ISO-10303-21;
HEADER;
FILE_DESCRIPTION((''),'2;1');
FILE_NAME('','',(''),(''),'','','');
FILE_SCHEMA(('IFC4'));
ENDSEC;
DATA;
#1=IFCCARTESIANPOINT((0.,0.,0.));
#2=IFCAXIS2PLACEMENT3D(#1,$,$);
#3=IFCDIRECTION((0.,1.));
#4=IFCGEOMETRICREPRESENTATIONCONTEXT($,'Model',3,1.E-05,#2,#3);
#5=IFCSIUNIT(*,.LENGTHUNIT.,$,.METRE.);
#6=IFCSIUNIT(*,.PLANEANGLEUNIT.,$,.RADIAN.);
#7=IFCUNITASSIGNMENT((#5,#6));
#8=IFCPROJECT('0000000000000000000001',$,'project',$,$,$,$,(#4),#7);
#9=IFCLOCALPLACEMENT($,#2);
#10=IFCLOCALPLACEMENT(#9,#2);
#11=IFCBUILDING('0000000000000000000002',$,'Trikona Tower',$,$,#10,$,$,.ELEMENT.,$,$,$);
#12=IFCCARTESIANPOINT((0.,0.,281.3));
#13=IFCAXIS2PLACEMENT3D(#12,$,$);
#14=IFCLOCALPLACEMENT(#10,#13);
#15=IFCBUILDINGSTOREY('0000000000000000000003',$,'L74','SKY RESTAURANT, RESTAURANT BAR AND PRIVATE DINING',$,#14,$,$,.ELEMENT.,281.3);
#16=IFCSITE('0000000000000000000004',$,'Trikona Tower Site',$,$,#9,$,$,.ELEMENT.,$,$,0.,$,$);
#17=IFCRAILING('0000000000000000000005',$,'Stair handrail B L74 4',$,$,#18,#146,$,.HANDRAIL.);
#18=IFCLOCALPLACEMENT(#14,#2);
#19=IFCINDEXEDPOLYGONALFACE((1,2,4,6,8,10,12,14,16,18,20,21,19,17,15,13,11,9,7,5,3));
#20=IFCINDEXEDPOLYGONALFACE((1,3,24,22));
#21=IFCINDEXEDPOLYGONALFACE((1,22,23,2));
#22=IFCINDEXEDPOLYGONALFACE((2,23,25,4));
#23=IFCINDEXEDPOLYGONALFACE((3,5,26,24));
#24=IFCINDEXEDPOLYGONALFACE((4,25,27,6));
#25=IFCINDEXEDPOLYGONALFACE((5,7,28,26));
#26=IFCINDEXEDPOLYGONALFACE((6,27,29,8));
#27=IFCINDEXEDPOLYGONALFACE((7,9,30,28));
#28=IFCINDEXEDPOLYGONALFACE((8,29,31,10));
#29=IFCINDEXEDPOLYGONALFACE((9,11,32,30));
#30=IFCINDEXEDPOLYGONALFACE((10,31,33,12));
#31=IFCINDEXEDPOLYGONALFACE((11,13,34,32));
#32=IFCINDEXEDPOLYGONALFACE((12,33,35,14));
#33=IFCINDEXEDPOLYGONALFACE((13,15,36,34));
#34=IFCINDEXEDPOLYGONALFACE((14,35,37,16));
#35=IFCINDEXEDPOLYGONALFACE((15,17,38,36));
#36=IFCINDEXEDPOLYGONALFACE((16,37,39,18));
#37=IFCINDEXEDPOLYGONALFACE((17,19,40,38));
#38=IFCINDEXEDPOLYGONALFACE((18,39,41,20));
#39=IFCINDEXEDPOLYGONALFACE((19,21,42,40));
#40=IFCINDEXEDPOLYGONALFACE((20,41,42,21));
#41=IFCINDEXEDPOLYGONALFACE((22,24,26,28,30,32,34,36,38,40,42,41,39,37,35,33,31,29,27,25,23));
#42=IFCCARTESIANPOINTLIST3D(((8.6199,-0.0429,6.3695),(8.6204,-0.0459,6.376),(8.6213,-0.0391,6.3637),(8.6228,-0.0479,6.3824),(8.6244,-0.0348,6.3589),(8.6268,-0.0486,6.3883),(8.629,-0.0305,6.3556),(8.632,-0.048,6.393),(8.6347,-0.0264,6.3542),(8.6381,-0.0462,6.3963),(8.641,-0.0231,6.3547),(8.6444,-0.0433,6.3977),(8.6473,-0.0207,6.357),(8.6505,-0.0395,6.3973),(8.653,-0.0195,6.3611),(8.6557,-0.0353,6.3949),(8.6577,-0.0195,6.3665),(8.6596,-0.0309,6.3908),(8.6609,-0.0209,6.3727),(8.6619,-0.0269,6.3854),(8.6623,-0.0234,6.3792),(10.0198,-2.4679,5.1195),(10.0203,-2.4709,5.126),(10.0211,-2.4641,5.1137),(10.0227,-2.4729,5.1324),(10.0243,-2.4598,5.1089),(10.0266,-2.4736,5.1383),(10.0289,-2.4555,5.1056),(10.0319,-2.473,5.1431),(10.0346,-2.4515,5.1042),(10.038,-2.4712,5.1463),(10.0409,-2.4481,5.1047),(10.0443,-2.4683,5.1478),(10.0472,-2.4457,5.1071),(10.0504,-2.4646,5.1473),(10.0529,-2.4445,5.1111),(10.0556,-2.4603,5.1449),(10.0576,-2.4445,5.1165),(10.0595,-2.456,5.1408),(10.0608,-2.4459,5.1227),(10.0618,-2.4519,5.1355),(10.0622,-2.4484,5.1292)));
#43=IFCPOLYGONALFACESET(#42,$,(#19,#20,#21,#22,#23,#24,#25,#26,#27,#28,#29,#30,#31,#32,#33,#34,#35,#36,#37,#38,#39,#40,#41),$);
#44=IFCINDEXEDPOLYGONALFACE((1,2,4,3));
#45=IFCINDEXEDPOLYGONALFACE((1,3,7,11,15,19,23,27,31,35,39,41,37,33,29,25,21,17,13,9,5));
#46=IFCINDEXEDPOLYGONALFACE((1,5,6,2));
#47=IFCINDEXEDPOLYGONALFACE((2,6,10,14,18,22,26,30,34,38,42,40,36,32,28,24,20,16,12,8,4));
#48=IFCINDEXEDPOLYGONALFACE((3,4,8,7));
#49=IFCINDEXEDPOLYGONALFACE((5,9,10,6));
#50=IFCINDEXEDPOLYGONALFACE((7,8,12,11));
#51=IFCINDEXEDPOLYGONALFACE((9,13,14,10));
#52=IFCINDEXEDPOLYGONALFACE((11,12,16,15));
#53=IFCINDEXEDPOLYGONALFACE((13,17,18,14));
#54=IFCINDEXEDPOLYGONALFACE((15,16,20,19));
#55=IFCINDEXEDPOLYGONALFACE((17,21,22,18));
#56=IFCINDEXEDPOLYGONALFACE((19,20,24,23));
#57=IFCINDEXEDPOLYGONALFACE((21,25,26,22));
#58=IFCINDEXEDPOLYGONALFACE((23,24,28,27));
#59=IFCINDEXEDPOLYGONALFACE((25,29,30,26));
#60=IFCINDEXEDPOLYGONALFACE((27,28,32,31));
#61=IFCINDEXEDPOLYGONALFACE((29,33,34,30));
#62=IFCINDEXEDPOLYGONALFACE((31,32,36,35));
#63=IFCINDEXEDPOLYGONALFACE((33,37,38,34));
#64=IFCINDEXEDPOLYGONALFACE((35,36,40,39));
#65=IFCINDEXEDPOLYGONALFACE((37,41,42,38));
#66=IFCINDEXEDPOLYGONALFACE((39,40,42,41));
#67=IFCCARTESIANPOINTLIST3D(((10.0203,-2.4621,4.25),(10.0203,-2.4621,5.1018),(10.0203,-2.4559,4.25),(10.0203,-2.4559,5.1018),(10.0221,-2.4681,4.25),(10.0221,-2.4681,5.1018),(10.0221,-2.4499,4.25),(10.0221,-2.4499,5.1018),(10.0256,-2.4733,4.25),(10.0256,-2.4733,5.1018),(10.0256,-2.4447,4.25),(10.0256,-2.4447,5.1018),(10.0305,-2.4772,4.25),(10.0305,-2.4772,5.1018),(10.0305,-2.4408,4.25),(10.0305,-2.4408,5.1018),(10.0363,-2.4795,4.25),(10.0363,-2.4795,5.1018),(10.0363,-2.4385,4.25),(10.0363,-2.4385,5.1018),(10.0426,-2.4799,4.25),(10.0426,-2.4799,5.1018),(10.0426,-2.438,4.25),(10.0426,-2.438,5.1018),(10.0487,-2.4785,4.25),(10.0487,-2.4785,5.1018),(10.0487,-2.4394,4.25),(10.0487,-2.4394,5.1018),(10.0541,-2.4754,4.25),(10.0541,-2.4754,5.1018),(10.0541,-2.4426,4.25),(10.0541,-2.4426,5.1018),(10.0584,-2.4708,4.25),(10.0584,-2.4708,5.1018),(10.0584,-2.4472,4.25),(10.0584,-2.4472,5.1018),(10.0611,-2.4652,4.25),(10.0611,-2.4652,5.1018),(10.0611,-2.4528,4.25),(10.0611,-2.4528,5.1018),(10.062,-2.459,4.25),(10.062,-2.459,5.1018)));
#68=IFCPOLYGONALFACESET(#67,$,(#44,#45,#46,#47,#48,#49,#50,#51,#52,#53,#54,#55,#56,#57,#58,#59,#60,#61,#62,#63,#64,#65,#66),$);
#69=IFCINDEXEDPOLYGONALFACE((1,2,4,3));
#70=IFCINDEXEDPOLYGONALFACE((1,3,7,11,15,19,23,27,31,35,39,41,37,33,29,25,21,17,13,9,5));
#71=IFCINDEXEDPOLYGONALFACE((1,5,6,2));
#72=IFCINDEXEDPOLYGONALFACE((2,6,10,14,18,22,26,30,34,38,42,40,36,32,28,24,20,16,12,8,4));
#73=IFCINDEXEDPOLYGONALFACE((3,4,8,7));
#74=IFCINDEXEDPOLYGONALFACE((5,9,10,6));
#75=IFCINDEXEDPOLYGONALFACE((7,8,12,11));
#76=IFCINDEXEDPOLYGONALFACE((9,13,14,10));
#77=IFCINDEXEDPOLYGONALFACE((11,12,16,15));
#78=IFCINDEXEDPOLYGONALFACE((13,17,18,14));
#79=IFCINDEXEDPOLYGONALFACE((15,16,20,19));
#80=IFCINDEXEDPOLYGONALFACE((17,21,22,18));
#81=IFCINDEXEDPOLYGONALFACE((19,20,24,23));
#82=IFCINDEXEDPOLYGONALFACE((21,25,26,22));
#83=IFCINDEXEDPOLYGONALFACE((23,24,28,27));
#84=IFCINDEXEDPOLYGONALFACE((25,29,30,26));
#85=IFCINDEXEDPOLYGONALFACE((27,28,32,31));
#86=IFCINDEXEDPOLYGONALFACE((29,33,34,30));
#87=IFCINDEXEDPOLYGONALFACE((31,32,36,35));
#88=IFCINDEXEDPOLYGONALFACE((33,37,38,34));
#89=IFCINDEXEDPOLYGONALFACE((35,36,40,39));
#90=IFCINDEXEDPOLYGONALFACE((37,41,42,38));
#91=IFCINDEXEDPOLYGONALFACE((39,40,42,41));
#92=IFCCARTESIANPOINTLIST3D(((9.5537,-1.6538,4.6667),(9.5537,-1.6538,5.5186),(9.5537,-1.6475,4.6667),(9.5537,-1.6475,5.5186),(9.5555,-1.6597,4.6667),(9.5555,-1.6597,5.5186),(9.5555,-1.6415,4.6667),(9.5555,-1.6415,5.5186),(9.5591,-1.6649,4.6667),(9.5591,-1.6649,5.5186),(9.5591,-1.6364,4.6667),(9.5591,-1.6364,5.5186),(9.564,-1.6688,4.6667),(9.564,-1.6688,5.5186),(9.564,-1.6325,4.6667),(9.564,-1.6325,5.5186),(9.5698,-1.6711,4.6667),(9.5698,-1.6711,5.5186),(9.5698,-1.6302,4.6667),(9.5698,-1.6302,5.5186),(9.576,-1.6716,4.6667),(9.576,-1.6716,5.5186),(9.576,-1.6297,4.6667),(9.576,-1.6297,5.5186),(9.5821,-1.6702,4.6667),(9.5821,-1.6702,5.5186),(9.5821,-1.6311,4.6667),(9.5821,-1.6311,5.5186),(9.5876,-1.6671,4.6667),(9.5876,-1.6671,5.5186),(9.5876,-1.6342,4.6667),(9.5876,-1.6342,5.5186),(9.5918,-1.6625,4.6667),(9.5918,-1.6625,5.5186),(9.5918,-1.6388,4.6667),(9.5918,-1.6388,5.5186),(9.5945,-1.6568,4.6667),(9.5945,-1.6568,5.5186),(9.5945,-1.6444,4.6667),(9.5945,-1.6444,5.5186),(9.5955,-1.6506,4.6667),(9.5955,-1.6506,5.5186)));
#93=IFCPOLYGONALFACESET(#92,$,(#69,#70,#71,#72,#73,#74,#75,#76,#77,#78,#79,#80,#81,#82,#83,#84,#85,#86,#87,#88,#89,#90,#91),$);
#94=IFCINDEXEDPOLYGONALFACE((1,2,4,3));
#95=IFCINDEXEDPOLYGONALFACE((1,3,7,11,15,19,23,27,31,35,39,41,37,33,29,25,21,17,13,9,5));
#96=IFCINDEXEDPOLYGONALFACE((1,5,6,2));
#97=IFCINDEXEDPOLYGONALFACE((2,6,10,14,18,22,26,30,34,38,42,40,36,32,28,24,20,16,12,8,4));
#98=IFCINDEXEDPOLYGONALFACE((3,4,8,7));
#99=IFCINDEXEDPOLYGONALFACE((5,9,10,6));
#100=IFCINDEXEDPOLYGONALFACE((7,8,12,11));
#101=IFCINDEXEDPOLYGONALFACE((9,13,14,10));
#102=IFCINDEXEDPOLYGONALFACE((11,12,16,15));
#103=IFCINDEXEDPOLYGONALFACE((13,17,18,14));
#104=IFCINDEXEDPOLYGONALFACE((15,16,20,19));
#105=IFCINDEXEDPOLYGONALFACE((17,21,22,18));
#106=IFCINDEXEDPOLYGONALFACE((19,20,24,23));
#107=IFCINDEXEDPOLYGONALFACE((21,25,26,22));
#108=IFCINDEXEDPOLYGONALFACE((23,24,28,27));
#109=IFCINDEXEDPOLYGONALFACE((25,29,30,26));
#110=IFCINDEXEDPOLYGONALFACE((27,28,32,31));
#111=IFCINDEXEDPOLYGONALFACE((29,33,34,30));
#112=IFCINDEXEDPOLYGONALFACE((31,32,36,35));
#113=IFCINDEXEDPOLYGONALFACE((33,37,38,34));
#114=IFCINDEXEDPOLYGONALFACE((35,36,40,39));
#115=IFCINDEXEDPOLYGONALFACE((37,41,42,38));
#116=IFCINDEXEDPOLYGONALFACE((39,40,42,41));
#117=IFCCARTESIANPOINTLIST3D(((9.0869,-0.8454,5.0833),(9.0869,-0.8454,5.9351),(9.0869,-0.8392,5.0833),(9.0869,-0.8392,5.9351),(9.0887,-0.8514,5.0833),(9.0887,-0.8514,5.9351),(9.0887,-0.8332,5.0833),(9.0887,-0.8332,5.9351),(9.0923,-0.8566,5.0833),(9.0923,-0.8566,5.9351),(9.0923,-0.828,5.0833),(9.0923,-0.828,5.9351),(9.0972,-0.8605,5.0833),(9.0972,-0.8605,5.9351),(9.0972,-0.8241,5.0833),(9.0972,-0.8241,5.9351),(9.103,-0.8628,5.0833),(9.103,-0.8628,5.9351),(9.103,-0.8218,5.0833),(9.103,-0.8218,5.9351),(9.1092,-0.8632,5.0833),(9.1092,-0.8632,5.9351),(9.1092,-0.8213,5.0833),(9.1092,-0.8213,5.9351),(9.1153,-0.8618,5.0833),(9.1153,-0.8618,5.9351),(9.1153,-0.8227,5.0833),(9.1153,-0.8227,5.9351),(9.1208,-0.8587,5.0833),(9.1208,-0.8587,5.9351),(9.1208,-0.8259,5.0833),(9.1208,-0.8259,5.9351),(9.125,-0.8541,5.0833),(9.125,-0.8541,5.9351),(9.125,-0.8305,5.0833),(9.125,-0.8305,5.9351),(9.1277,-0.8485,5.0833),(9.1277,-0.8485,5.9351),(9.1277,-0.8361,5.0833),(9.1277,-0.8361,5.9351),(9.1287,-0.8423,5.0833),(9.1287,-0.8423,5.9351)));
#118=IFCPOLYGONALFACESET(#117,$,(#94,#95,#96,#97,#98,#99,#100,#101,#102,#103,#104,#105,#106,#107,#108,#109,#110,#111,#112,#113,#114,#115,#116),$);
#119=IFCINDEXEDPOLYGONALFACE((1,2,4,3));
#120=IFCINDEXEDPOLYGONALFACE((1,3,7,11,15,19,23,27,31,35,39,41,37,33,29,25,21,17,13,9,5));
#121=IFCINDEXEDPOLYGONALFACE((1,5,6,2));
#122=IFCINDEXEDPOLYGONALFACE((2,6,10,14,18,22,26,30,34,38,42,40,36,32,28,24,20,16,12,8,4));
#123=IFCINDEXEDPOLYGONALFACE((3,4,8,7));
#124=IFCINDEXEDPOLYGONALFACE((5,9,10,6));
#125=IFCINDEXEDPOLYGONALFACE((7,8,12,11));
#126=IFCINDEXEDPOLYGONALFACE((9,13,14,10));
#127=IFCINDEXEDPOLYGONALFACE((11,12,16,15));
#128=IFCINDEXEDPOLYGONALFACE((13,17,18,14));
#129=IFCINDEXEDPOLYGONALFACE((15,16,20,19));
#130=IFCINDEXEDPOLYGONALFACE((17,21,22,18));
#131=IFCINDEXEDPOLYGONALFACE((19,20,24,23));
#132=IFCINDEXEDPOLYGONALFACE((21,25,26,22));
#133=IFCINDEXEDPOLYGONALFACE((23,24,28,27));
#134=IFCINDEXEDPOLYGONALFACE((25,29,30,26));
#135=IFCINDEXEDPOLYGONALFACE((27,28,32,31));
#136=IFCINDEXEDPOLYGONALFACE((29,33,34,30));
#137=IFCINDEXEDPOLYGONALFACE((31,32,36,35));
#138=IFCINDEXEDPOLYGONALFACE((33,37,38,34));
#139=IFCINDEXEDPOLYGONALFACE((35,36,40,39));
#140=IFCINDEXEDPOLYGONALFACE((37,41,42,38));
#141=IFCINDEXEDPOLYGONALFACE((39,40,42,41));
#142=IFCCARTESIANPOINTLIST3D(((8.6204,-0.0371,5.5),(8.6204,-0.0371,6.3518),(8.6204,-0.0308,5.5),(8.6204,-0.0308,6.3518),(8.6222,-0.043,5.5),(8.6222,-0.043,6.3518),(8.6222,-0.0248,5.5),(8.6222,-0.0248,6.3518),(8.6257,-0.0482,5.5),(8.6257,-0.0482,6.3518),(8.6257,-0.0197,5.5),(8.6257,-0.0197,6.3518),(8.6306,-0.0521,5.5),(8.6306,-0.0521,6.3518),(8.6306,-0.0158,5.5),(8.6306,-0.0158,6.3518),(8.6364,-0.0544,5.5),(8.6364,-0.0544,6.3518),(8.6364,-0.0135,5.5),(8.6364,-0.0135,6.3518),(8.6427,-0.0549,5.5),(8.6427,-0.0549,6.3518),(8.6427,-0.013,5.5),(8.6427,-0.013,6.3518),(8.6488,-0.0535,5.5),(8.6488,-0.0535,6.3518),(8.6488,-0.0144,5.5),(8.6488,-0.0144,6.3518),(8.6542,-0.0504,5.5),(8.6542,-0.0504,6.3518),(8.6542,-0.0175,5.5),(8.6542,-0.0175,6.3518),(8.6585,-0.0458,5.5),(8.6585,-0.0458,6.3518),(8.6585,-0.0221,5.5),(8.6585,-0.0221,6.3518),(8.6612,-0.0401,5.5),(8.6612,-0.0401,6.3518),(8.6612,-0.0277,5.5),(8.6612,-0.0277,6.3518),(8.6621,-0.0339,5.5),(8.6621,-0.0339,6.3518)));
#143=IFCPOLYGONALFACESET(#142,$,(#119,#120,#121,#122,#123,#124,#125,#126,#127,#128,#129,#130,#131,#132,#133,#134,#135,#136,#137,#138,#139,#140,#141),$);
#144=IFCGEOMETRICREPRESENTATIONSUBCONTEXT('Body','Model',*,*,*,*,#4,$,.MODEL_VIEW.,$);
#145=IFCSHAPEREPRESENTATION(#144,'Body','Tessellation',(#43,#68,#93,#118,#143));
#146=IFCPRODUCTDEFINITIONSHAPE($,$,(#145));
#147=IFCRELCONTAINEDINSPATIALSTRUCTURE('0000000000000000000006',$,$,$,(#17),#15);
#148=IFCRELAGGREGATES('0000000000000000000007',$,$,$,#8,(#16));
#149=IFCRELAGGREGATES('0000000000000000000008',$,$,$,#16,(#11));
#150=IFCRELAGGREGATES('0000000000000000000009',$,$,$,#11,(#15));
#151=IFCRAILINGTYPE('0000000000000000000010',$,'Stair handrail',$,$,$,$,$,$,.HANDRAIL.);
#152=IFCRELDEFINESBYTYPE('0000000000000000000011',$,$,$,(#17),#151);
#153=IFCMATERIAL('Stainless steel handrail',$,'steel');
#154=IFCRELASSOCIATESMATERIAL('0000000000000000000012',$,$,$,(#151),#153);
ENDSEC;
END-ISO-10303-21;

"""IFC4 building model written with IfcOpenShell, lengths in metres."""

from ifc_helpers import new_model, si_unit, direction, frame, origin, origin_2d, place, context, subcontext, project, spatial, circle, extrude, material, type_object, element, save


model = new_model("IFC4")

# Units and contexts
model_context = context("Model", 3, precision=1e-05, world=origin(), true_north=direction((0.0, 1.0)))
body_context = subcontext(model_context, "Body", "Model", "MODEL_VIEW")
ifc_project = project(units=[si_unit("LENGTHUNIT", "METRE"), si_unit("PLANEANGLEUNIT", "RADIAN")], contexts=[model_context])

# Site, building, storey
site_placement = place(None, origin())
site = spatial("IfcSite", under=ifc_project, at=site_placement, Name="Trikona Tower Site", CompositionType="ELEMENT", RefElevation=0.0)
building_placement = place(site_placement, origin())
building = spatial("IfcBuilding", under=site, at=building_placement, Name="Trikona Tower", CompositionType="ELEMENT")
storey_placement = place(building_placement, frame((0.0, 0.0, 281.3)))
storey = spatial("IfcBuildingStorey", under=building, at=storey_placement, Name="L74", Description="SKY RESTAURANT, RESTAURANT BAR AND PRIVATE DINING", CompositionType="ELEMENT", Elevation=281.3)

# Railing
ifc_material_1 = material(Name="Stainless steel handrail", Category="steel")
railing_type = type_object("IfcRailingType", Name="Stair handrail", PredefinedType="HANDRAIL", material=ifc_material_1)
for number, where, name in (
    (1, (10.041, -2.459, 4.25), "Stair handrail B L74 4"),
):
    element("IfcRailing", number, at=place(storey_placement, frame(where)), inside=storey, type_object=railing_type, Name=name, PredefinedType="HANDRAIL", context=body_context, shape_type="SweptSolid", body=[
        extrude(circle(Radius=0.0239, at=origin_2d()), frame((0.0, 0.0, 0.876), z_axis=(-0.456523, 0.790834, 0.407638), x_axis=(-0.866056, -0.499946, 0.0)), (0.0, 0.0, 1.0), 3.0664),
        extrude(circle(Radius=0.021, at=origin_2d()), origin(), (0.0, 0.0, 1.0), 0.8518),
        extrude(circle(Radius=0.021, at=origin_2d()), frame((-0.4666, 0.8083, 0.4167)), (0.0, 0.0, 1.0), 0.8518),
        extrude(circle(Radius=0.021, at=origin_2d()), frame((-0.9333, 1.6167, 0.8333)), (0.0, 0.0, 1.0), 0.8518),
        extrude(circle(Radius=0.021, at=origin_2d()), frame((-1.3999, 2.425, 1.25)), (0.0, 0.0, 1.0), 0.8518),
    ])

save(model, "model.ifc")
